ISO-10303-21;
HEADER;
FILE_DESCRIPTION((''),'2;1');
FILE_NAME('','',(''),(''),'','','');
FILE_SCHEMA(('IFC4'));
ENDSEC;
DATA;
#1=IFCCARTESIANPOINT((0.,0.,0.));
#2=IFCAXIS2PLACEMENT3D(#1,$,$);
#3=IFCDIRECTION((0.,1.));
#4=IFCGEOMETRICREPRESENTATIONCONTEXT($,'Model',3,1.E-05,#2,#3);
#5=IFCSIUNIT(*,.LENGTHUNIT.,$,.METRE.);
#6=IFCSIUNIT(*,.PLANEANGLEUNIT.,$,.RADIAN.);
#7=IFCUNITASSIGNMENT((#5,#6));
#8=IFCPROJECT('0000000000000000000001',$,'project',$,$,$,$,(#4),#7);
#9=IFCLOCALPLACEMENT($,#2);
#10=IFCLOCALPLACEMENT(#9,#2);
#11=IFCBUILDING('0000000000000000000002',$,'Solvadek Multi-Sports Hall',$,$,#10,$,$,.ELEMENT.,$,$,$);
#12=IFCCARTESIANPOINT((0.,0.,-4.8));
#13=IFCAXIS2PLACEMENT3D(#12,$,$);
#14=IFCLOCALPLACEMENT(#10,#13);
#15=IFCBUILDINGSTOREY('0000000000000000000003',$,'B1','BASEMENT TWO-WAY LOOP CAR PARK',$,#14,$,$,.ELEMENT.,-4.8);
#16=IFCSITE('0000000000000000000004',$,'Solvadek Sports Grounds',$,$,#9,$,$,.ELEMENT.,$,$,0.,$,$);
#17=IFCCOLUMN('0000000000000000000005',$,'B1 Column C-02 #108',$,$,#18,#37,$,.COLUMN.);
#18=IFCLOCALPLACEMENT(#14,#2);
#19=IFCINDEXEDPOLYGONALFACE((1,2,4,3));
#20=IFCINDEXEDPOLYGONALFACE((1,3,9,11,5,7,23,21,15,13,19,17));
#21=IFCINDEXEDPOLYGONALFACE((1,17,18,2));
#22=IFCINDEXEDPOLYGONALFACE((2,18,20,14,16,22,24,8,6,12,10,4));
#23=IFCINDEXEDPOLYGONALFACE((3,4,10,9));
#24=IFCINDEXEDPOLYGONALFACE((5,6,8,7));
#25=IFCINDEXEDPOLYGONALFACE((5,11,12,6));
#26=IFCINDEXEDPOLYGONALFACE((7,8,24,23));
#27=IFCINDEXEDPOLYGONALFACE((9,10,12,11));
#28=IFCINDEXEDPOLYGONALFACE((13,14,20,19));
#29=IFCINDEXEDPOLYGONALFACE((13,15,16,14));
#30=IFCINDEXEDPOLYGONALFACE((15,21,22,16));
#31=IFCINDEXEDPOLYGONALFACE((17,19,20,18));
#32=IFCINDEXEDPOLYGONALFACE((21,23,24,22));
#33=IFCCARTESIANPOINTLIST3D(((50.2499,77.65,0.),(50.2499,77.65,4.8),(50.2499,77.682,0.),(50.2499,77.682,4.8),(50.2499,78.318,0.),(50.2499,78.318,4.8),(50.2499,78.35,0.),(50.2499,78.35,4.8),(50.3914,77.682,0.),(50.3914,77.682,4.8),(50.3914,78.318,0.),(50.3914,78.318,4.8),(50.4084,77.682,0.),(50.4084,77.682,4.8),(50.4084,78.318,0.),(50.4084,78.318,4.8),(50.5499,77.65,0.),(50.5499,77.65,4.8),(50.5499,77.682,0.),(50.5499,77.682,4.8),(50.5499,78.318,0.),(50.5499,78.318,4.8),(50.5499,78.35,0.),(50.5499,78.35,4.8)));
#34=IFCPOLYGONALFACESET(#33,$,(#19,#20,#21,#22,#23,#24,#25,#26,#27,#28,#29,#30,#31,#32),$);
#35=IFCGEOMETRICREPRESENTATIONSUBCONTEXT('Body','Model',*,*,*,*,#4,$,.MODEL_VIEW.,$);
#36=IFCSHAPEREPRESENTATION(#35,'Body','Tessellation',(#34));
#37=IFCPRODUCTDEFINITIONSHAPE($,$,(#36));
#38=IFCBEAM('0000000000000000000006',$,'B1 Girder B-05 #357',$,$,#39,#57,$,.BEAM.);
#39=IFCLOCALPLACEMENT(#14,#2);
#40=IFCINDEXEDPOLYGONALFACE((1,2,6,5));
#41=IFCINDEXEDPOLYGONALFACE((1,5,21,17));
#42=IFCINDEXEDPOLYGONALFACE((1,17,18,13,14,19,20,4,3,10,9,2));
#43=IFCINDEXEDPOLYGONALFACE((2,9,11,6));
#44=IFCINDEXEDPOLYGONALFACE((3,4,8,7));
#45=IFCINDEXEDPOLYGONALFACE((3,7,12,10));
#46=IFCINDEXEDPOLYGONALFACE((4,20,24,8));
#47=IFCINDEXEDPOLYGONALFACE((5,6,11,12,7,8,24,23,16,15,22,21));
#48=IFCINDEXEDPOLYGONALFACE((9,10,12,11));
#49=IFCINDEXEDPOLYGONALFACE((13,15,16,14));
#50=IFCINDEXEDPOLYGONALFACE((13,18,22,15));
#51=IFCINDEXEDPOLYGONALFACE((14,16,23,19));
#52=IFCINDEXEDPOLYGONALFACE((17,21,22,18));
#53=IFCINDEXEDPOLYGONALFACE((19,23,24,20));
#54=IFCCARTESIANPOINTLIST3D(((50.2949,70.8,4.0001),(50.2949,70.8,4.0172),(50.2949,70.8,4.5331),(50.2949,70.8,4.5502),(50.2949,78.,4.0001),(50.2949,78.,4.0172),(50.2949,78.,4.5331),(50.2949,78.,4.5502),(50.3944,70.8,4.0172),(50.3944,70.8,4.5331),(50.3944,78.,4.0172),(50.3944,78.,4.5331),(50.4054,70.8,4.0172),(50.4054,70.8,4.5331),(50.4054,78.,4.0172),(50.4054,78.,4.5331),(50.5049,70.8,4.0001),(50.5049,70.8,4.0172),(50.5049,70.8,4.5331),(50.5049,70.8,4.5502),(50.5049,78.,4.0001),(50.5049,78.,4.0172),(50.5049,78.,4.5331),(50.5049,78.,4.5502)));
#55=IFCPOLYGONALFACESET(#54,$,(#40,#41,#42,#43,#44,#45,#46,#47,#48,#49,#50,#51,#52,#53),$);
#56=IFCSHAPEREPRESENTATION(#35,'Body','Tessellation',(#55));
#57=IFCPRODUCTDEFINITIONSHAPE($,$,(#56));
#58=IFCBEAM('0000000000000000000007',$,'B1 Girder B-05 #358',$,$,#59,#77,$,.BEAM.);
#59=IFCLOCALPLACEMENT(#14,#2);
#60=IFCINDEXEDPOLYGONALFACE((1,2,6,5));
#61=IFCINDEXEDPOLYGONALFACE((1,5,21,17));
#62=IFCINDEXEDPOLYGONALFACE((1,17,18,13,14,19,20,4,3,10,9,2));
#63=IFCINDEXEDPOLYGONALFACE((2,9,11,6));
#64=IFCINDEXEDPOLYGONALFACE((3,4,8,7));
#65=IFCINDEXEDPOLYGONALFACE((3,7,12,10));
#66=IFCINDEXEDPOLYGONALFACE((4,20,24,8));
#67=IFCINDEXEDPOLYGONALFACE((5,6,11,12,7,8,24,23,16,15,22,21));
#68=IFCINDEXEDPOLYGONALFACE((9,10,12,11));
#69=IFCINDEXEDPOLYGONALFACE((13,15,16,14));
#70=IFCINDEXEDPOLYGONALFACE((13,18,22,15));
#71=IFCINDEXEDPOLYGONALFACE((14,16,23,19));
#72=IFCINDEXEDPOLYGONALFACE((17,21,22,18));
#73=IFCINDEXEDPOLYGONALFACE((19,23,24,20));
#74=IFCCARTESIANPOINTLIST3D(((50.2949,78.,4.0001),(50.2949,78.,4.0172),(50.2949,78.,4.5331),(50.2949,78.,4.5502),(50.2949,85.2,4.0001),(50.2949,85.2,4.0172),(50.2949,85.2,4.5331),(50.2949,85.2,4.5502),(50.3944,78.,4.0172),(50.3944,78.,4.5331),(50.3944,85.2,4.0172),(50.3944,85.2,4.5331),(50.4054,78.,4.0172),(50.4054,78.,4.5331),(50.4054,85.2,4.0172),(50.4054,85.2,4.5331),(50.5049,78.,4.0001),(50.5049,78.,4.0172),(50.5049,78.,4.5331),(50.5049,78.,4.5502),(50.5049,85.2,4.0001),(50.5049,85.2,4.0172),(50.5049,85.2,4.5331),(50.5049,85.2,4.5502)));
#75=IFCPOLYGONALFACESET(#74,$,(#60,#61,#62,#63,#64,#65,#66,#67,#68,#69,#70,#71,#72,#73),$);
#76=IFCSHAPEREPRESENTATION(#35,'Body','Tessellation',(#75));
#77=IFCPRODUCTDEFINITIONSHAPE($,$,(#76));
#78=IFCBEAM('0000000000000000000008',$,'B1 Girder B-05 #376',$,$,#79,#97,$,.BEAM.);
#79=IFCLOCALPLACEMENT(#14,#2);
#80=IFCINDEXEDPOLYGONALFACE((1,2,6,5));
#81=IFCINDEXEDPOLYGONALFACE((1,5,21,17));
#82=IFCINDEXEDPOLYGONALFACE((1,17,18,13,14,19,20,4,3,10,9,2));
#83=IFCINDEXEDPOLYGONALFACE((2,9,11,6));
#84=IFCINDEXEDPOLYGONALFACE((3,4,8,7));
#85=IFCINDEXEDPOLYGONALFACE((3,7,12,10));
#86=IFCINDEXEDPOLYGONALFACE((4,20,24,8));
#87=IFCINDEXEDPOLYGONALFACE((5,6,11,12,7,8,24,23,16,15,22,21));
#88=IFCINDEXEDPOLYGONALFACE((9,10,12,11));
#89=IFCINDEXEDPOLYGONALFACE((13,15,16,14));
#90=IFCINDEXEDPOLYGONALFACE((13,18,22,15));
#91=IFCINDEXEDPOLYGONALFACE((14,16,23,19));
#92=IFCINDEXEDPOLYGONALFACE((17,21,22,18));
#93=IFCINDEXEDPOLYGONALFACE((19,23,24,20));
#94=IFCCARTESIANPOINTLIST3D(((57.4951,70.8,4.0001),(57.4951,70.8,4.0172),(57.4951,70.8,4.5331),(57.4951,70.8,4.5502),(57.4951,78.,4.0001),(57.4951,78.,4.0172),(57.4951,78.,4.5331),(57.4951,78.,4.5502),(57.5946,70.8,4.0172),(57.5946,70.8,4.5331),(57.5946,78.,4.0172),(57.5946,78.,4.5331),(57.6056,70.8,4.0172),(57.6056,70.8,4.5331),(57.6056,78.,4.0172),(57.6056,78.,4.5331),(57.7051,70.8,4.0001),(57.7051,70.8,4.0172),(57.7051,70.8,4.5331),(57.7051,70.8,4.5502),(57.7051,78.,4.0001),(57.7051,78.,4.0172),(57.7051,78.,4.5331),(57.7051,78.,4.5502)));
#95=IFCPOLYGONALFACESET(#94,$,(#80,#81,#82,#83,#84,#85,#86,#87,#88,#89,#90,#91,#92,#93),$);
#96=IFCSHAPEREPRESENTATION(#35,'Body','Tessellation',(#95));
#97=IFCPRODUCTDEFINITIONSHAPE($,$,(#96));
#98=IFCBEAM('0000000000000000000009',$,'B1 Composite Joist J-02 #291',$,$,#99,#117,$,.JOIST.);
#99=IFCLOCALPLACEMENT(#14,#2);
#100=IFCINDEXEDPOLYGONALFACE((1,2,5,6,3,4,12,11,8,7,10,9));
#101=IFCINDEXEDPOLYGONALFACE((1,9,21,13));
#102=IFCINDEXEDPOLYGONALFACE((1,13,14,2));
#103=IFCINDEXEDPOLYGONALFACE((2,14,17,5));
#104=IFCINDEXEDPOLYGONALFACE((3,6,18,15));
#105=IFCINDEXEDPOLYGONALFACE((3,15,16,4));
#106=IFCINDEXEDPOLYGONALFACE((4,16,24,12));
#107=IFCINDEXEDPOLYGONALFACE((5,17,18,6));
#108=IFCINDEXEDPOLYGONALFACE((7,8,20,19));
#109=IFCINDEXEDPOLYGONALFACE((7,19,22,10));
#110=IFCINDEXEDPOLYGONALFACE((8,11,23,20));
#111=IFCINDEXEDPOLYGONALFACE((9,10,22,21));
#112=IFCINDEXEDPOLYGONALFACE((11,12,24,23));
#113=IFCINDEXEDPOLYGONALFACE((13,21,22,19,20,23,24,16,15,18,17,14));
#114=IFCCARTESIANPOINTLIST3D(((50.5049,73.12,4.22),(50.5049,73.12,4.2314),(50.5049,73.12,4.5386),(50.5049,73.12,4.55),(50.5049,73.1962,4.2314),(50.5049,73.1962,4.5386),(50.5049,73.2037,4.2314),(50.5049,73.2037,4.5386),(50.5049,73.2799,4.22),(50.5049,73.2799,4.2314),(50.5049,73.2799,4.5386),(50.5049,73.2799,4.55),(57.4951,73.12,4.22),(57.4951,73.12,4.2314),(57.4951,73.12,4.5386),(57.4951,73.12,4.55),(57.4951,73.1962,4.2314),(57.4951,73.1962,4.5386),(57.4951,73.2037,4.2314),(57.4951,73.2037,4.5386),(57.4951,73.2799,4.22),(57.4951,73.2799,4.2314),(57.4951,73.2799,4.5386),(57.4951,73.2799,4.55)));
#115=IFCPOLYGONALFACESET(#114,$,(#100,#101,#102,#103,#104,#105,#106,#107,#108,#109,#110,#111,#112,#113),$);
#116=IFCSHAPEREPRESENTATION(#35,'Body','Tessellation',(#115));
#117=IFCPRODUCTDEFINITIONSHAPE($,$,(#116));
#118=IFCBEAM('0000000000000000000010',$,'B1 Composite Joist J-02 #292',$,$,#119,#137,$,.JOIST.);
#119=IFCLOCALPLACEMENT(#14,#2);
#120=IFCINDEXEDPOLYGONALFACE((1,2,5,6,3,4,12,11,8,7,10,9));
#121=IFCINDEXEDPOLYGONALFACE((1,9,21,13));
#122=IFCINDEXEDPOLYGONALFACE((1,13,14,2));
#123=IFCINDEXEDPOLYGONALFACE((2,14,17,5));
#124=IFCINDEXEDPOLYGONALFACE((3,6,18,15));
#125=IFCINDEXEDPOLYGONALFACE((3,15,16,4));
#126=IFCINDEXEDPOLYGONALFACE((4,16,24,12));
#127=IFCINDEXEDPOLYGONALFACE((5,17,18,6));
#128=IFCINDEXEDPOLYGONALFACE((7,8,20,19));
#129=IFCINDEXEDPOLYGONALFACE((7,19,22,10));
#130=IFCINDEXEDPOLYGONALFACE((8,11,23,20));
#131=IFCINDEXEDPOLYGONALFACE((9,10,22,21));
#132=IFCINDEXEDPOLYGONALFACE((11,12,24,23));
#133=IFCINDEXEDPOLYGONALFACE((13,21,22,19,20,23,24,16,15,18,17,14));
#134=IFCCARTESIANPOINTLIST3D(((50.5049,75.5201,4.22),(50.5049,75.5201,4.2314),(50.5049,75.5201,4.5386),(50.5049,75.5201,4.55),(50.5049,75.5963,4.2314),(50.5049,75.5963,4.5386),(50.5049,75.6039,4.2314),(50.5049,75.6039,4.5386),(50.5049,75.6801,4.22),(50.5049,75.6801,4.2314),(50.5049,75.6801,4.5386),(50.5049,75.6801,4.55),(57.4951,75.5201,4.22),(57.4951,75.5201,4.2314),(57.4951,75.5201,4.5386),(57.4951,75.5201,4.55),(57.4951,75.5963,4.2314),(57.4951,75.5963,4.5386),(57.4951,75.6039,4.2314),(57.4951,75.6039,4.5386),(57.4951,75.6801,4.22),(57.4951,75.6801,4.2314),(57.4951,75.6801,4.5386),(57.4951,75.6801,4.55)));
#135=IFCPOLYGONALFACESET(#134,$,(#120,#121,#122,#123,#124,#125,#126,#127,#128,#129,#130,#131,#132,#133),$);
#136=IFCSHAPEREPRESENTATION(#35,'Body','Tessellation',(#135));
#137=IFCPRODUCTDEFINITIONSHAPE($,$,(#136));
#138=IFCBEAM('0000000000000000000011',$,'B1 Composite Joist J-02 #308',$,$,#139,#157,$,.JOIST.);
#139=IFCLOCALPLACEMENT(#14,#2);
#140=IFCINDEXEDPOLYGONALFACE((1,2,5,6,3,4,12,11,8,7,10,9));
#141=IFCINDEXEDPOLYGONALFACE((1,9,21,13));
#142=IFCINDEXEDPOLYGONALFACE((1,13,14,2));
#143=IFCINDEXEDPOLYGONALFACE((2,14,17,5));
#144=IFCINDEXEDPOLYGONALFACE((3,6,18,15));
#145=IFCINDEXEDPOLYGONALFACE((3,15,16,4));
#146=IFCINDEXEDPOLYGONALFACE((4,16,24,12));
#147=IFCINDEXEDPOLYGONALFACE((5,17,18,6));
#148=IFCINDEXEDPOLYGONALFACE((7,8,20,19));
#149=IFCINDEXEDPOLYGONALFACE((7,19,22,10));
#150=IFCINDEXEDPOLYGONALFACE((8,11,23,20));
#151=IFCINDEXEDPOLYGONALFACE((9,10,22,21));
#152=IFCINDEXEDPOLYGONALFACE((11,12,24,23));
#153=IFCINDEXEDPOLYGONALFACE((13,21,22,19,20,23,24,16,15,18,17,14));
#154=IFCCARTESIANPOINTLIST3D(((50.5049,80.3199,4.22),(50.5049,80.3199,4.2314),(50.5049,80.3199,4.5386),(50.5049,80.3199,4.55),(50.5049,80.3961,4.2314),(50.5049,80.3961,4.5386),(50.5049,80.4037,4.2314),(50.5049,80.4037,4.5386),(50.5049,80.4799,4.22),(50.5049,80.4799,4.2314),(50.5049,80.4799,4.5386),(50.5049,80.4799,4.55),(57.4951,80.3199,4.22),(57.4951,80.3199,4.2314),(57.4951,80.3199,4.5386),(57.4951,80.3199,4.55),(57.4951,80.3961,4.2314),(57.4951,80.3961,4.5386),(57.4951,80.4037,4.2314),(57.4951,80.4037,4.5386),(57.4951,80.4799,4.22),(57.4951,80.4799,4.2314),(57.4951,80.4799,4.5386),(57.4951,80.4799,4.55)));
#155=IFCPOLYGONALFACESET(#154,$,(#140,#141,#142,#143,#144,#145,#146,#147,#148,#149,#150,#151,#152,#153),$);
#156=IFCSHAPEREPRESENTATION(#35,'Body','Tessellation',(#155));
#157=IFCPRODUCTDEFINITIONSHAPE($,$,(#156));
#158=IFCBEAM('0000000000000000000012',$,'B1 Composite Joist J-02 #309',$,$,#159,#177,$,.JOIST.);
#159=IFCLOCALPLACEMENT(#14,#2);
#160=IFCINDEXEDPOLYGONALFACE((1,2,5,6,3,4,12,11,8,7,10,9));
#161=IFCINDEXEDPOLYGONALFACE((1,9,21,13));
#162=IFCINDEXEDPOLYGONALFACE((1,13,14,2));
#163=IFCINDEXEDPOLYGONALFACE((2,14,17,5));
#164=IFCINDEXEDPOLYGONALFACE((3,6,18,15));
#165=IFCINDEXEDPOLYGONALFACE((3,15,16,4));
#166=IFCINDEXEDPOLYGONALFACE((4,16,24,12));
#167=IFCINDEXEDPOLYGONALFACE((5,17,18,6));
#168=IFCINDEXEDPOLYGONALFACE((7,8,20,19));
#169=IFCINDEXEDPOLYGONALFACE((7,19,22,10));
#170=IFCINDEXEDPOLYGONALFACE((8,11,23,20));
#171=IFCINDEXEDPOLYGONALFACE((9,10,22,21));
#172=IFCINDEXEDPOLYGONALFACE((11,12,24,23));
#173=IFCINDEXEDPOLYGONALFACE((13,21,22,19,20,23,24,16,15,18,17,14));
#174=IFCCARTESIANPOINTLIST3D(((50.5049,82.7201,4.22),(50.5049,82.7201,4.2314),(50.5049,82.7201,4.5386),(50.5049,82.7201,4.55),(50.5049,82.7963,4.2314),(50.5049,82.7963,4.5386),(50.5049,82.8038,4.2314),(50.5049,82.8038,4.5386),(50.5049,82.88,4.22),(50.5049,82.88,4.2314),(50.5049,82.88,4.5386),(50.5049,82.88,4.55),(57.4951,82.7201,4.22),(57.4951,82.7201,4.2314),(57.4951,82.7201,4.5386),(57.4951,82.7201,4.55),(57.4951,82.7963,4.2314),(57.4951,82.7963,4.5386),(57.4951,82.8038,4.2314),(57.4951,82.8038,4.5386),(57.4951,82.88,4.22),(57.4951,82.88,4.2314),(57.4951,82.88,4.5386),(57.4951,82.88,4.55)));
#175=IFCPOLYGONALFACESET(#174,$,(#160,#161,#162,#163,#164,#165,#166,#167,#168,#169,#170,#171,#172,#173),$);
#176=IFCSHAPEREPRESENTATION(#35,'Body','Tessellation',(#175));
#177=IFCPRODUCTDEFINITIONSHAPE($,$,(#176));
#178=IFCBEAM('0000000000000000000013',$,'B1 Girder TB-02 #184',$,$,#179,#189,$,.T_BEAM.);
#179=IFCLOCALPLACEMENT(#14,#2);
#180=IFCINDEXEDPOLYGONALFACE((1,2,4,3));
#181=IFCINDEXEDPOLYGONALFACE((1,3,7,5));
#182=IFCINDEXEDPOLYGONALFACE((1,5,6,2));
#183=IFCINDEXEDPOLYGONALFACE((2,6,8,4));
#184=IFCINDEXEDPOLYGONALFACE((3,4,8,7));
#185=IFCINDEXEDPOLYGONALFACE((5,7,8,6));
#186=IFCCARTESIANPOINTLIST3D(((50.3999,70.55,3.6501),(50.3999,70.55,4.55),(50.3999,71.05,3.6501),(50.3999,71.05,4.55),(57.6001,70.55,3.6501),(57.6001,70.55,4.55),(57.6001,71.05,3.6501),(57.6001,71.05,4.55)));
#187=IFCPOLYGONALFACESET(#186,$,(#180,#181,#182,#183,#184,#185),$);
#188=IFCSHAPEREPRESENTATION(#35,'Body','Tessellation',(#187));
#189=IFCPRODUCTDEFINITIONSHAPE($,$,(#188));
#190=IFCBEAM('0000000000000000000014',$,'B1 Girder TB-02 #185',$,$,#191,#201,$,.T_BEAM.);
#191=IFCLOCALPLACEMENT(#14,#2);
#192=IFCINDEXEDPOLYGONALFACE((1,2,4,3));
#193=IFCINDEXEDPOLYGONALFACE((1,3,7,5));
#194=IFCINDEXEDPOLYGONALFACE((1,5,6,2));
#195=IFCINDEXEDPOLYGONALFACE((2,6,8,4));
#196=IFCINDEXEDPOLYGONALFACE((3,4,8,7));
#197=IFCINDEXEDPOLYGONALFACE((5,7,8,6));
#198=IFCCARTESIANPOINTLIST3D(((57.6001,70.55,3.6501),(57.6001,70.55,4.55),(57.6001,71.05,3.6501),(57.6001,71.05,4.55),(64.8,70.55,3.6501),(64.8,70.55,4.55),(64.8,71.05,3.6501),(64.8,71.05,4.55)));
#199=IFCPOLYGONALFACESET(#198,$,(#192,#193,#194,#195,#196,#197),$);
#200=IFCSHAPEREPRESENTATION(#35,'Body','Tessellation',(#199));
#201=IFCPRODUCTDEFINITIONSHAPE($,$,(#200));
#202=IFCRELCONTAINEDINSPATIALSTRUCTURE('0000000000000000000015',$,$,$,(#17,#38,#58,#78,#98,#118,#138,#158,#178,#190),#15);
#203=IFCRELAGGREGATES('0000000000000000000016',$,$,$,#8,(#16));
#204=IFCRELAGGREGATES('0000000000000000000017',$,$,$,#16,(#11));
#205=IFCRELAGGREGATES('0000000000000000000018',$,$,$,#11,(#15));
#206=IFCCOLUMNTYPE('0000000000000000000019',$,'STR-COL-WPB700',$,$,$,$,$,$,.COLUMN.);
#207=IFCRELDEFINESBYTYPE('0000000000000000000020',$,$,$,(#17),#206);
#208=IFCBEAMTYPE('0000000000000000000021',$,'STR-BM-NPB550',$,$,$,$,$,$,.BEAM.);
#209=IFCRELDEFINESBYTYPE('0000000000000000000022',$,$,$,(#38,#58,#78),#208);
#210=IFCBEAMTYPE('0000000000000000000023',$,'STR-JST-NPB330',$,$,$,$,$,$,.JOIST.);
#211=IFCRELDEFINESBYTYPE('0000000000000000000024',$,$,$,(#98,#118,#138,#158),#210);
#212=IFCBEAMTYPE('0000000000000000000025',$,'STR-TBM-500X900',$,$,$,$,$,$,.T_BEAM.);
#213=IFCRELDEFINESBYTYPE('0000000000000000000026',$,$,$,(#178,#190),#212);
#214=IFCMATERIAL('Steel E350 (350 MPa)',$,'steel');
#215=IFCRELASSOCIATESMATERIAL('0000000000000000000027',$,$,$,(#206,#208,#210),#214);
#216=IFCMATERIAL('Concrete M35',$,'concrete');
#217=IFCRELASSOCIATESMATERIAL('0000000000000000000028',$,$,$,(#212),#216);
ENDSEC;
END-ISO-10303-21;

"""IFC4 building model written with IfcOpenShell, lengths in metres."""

from ifc_helpers import new_model, si_unit, direction, frame, origin, origin_2d, place, context, subcontext, project, spatial, rectangle, i_section, extrude, material, material_profile, profile_set, type_object, element, save


model = new_model("IFC4")

# Units and contexts
model_context = context("Model", 3, precision=1e-05, world=origin(), true_north=direction((0.0, 1.0)))
body_context = subcontext(model_context, "Body", "Model", "MODEL_VIEW")
ifc_project = project(units=[si_unit("LENGTHUNIT", "METRE"), si_unit("PLANEANGLEUNIT", "RADIAN")], contexts=[model_context])

# Site, building, storey
site_placement = place(None, origin())
site = spatial("IfcSite", under=ifc_project, at=site_placement, Name="Solvadek Sports Grounds", CompositionType="ELEMENT", RefElevation=0.0)
building_placement = place(site_placement, origin())
building = spatial("IfcBuilding", under=site, at=building_placement, Name="Solvadek Multi-Sports Hall", CompositionType="ELEMENT")
storey_placement = place(building_placement, frame((0.0, 0.0, -4.8)))
storey = spatial("IfcBuildingStorey", under=building, at=storey_placement, Name="B1", Description="BASEMENT TWO-WAY LOOP CAR PARK", CompositionType="ELEMENT", Elevation=-4.8)

# Shared definitions
ifc_material_1 = material(Name="Concrete M35", Category="concrete")

# Column
ifc_material_2 = material(Name="Steel E350 (350 MPa)", Category="steel")
ifc_material_profile_1 = material_profile(ifc_material_2, i_section(OverallWidth=0.3, OverallDepth=0.7, WebThickness=0.0171, FlangeThickness=0.032, at=origin_2d()), Name="WPB 700")
ifc_profile_set_1 = profile_set([ifc_material_profile_1], Name="Steel E350 (350 MPa)")
column_type_1 = type_object("IfcColumnType", Name="STR-COL-WPB700", PredefinedType="COLUMN", material=ifc_profile_set_1)
column_1_placement = place(storey_placement, frame((50.3999, 78.0, 0.0), z_axis=(0.0, 0.0, 1.0), x_axis=(1.0, 0.0, 0.0)))
element("IfcColumn", 1, at=column_1_placement, inside=storey, type_object=column_type_1, Name="B1 Column C-02 #108", PredefinedType="COLUMN", context=body_context, shape_type="SweptSolid", body=[
    extrude(i_section(OverallWidth=0.3, OverallDepth=0.7, WebThickness=0.0171, FlangeThickness=0.032, at=origin_2d()), origin(), (0.0, 0.0, 1.0), 4.8),
])

# Beams
ifc_material_profile_2 = material_profile(ifc_material_2, i_section(OverallWidth=0.21, OverallDepth=0.55, WebThickness=0.011, FlangeThickness=0.0171, at=origin_2d()), Name="NPB 550")
ifc_profile_set_2 = profile_set([ifc_material_profile_2], Name="Steel E350 (350 MPa)")
beam_type_1 = type_object("IfcBeamType", Name="STR-BM-NPB550", PredefinedType="BEAM", material=ifc_profile_set_2)
for number, where, z_axis, x_axis, name in (
    (2, (50.3999, 70.8, 4.2751), (0.0, 1.0, 0.0), (-1.0, 0.0, 0.0), "B1 Girder B-05 #357"),
    (3, (50.3999, 78.0, 4.2751), (0.0, 1.0, 0.0), (-1.0, 0.0, 0.0), "B1 Girder B-05 #358"),
    (4, (57.6001, 70.8, 4.2751), (0.0, 1.0, 0.0), (-1.0, 0.0, 0.0), "B1 Girder B-05 #376"),
):
    element("IfcBeam", number, at=place(storey_placement, frame(where, z_axis=z_axis, x_axis=x_axis)), inside=storey, type_object=beam_type_1, Name=name, PredefinedType="BEAM", context=body_context, shape_type="SweptSolid", body=[
        extrude(i_section(OverallWidth=0.21, OverallDepth=0.55, WebThickness=0.011, FlangeThickness=0.0171, at=origin_2d()), origin(), (0.0, 0.0, 1.0), 7.2),
    ])
ifc_material_profile_3 = material_profile(ifc_material_2, i_section(OverallWidth=0.1599, OverallDepth=0.3301, WebThickness=0.0076, FlangeThickness=0.0115, at=origin_2d()), Name="NPB 330")
ifc_profile_set_3 = profile_set([ifc_material_profile_3], Name="Steel E350 (350 MPa)")
beam_type_2 = type_object("IfcBeamType", Name="STR-JST-NPB330", PredefinedType="JOIST", material=ifc_profile_set_3)
for number, where, z_axis, x_axis, name in (
    (5, (50.5049, 73.2, 4.385), (1.0, 0.0, 0.0), (0.0, 1.0, 0.0), "B1 Composite Joist J-02 #291"),
    (6, (50.5049, 75.6001, 4.385), (1.0, 0.0, 0.0), (0.0, 1.0, 0.0), "B1 Composite Joist J-02 #292"),
    (7, (50.5049, 80.3999, 4.385), (1.0, 0.0, 0.0), (0.0, 1.0, 0.0), "B1 Composite Joist J-02 #308"),
    (8, (50.5049, 82.8, 4.385), (1.0, 0.0, 0.0), (0.0, 1.0, 0.0), "B1 Composite Joist J-02 #309"),
):
    element("IfcBeam", number, at=place(storey_placement, frame(where, z_axis=z_axis, x_axis=x_axis)), inside=storey, type_object=beam_type_2, Name=name, PredefinedType="JOIST", context=body_context, shape_type="SweptSolid", body=[
        extrude(i_section(OverallWidth=0.1599, OverallDepth=0.3301, WebThickness=0.0076, FlangeThickness=0.0115, at=origin_2d()), origin(), (0.0, 0.0, 1.0), 6.9902),
    ])
ifc_material_profile_4 = material_profile(ifc_material_1, rectangle(XDim=0.5, YDim=0.8999, at=origin_2d()), Name="RC T-BEAM 500x900")
ifc_profile_set_4 = profile_set([ifc_material_profile_4], Name="Concrete M35")
beam_type_3 = type_object("IfcBeamType", Name="STR-TBM-500X900", PredefinedType="T_BEAM", material=ifc_profile_set_4)
beam_1_placement = place(storey_placement, frame((50.3999, 70.8, 4.1001), z_axis=(1.0, 0.0, 0.0), x_axis=(0.0, 1.0, 0.0)))
element("IfcBeam", 9, at=beam_1_placement, inside=storey, type_object=beam_type_3, Name="B1 Girder TB-02 #184", PredefinedType="T_BEAM", context=body_context, shape_type="SweptSolid", body=[
    extrude(rectangle(XDim=0.5, YDim=0.8999, at=origin_2d()), origin(), (0.0, 0.0, 1.0), 7.2002),
])
beam_2_placement = place(storey_placement, frame((57.6001, 70.8, 4.1001), z_axis=(1.0, 0.0, 0.0), x_axis=(0.0, 1.0, 0.0)))
element("IfcBeam", 10, at=beam_2_placement, inside=storey, type_object=beam_type_3, Name="B1 Girder TB-02 #185", PredefinedType="T_BEAM", context=body_context, shape_type="SweptSolid", body=[
    extrude(rectangle(XDim=0.5, YDim=0.8999, at=origin_2d()), origin(), (0.0, 0.0, 1.0), 7.2),
])

save(model, "model.ifc")
